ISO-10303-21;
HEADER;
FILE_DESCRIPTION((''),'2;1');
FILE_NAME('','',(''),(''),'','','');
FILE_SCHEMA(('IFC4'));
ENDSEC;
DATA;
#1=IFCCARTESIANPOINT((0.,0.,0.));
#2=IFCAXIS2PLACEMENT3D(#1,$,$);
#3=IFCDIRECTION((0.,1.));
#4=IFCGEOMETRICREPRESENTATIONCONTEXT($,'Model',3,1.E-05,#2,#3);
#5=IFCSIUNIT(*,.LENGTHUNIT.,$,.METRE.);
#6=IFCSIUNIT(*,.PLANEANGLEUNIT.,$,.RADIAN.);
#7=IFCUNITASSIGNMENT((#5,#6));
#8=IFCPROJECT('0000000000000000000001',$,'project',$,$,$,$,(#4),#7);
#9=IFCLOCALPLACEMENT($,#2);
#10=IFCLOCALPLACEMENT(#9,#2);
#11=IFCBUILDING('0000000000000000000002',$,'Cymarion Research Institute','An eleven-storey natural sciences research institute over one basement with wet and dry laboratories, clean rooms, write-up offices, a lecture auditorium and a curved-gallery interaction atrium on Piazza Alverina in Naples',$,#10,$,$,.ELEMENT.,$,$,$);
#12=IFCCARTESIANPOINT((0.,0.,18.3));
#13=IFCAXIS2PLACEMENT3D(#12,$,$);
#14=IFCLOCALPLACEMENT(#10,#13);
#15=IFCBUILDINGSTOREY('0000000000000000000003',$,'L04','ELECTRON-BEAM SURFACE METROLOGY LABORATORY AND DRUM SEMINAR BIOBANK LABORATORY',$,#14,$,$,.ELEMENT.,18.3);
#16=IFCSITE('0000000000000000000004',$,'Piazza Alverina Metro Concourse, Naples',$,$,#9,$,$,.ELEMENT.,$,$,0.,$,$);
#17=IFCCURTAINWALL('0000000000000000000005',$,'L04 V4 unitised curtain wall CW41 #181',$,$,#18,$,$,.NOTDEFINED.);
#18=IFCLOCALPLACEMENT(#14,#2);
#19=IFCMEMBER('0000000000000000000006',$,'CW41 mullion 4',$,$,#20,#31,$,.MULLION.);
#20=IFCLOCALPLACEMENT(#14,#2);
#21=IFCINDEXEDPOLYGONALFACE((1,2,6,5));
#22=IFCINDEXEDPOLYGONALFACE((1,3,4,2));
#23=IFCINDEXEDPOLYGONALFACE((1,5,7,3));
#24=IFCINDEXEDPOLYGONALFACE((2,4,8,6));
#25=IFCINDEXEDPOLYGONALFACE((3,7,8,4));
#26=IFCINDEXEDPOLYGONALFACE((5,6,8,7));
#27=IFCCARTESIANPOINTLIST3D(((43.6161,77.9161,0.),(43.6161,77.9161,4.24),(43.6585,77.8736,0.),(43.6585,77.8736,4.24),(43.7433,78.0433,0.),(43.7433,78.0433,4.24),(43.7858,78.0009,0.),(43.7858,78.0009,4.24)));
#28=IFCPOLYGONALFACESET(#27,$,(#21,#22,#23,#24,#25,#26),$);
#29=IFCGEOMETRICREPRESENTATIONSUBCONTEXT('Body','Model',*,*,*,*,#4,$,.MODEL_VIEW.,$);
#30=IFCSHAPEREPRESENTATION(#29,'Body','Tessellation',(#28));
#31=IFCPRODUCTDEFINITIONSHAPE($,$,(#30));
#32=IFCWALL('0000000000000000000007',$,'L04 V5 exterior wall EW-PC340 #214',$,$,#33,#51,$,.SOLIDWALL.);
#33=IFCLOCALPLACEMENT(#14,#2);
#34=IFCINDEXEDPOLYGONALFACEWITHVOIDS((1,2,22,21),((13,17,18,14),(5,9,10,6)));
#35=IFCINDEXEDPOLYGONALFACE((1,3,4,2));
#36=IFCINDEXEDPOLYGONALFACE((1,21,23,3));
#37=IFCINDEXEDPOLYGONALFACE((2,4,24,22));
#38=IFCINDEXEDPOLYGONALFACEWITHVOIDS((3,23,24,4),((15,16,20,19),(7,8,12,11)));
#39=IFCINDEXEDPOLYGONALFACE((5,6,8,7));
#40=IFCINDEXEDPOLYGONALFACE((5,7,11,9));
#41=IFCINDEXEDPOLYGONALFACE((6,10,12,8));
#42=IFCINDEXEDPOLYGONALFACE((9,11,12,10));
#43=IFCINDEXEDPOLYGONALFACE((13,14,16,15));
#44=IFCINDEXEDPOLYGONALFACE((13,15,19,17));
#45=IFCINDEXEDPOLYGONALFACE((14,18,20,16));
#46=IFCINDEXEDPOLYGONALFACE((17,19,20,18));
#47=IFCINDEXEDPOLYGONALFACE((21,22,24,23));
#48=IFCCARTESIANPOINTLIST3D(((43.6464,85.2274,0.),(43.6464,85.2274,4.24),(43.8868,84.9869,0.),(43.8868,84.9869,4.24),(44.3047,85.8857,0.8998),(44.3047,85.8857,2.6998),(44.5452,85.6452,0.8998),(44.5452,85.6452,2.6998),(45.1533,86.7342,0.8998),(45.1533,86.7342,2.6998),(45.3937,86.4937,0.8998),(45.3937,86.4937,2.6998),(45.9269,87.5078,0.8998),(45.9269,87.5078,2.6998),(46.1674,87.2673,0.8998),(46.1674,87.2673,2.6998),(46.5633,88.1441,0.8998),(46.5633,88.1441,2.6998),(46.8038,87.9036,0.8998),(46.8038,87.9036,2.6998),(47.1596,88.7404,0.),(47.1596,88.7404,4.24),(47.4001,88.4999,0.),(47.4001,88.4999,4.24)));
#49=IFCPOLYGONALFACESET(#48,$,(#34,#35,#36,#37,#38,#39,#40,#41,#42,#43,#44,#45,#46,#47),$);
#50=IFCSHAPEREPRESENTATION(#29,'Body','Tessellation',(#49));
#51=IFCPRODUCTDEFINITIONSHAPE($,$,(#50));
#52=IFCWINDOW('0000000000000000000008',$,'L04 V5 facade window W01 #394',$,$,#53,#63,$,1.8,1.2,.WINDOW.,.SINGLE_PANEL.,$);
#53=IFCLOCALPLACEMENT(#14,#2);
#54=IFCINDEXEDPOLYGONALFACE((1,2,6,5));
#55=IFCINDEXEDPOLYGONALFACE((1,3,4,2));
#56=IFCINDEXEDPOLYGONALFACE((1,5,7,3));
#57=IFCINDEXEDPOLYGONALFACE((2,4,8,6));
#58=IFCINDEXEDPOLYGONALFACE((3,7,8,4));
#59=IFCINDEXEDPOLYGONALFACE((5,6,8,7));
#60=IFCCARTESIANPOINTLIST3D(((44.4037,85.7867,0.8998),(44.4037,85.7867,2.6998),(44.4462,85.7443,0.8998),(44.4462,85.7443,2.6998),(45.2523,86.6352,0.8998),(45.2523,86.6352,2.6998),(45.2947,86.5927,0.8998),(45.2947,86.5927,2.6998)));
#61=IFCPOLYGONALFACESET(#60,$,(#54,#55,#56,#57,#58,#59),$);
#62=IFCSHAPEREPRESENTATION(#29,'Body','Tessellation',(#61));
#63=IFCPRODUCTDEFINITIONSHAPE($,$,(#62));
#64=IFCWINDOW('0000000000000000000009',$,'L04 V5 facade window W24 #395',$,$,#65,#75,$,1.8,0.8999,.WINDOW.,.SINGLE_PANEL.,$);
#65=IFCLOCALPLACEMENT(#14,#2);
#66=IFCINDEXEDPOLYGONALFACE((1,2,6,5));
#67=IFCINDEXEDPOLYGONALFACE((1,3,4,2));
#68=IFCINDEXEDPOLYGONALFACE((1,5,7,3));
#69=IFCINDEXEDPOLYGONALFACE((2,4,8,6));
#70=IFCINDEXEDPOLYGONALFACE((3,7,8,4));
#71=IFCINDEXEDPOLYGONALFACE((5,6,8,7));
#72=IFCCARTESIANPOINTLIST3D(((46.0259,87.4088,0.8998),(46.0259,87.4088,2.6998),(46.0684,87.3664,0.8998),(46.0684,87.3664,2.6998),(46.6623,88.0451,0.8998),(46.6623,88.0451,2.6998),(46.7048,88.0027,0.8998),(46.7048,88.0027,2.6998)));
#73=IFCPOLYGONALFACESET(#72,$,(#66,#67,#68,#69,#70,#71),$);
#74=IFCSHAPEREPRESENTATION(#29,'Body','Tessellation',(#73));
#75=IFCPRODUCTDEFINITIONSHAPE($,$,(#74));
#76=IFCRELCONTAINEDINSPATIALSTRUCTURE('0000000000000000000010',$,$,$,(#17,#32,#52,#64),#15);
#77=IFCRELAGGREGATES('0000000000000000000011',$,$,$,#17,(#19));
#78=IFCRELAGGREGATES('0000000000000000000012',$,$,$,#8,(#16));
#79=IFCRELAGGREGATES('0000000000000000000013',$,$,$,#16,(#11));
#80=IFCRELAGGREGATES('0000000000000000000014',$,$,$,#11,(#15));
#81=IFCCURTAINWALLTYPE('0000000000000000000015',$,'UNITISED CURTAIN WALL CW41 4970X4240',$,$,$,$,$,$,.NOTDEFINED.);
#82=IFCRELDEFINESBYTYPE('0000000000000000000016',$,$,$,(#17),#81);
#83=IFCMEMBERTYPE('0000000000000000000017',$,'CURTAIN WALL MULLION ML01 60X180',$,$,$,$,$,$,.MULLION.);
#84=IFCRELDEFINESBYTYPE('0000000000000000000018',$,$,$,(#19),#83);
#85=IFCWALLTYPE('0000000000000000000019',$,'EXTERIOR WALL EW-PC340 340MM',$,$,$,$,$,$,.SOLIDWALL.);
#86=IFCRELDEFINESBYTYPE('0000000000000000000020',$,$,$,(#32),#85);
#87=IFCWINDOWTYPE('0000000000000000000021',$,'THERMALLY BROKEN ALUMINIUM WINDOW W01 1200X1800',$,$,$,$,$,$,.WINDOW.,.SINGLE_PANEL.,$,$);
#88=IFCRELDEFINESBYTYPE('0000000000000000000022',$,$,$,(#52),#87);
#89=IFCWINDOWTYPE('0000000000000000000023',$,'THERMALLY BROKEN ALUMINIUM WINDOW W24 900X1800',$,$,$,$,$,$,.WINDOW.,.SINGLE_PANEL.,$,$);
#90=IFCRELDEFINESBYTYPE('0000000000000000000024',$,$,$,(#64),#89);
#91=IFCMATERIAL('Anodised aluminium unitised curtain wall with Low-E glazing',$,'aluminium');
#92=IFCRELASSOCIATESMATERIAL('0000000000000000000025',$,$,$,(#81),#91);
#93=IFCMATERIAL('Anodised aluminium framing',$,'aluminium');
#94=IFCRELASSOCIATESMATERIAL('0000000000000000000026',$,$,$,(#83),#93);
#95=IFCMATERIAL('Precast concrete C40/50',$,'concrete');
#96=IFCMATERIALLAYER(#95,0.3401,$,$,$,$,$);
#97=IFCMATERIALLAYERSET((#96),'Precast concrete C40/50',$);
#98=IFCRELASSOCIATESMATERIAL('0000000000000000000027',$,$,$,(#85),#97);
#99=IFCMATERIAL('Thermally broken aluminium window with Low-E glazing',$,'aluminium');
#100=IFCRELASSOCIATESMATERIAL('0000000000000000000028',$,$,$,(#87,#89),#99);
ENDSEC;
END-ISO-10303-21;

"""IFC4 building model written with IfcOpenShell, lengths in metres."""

from ifc_helpers import new_model, si_unit, direction, frame, frame_2d, origin, origin_2d, place, context, subcontext, project, spatial, rectangle, extrude, material, layer, layer_set, material_profile, profile_set, type_object, element, fill, aggregate, save


model = new_model("IFC4")

# Units and contexts
model_context = context("Model", 3, precision=1e-05, world=origin(), true_north=direction((0.0, 1.0)))
body_context = subcontext(model_context, "Body", "Model", "MODEL_VIEW")
ifc_project = project(units=[si_unit("LENGTHUNIT", "METRE"), si_unit("PLANEANGLEUNIT", "RADIAN")], contexts=[model_context])

# Site, building, storey
site_placement = place(None, origin())
site = spatial("IfcSite", under=ifc_project, at=site_placement, Name="Piazza Alverina Metro Concourse, Naples", CompositionType="ELEMENT", RefElevation=0.0)
building_placement = place(site_placement, origin())
building = spatial("IfcBuilding", under=site, at=building_placement, Name="Cymarion Research Institute", Description="An eleven-storey natural sciences research institute over one basement with wet and dry laboratories, clean rooms, write-up offices, a lecture auditorium and a curved-gallery interaction atrium on Piazza Alverina in Naples", CompositionType="ELEMENT")
storey_placement = place(building_placement, frame((0.0, 0.0, 18.3)))
storey = spatial("IfcBuildingStorey", under=building, at=storey_placement, Name="L04", Description="ELECTRON-BEAM SURFACE METROLOGY LABORATORY AND DRUM SEMINAR BIOBANK LABORATORY", CompositionType="ELEMENT", Elevation=18.3)

# Curtain wall, member
ifc_material_1 = material(Name="Anodised aluminium unitised curtain wall with Low-E glazing", Category="aluminium")
curtain_wall_type = type_object("IfcCurtainWallType", Name="UNITISED CURTAIN WALL CW41 4970X4240", PredefinedType="NOTDEFINED", material=ifc_material_1)
curtain_wall_placement = place(storey_placement, origin())
curtain_wall = element("IfcCurtainWall", 1, at=curtain_wall_placement, inside=storey, type_object=curtain_wall_type, Name="L04 V4 unitised curtain wall CW41 #181", PredefinedType="NOTDEFINED")
ifc_material_2 = material(Name="Anodised aluminium framing", Category="aluminium")
ifc_material_profile = material_profile(ifc_material_2, rectangle(XDim=0.0601, YDim=0.1799, at=origin_2d()), Name="ALU MULLION 60x180")
ifc_profile_set = profile_set([ifc_material_profile], Name="Anodised aluminium framing")
member_type = type_object("IfcMemberType", Name="CURTAIN WALL MULLION ML01 60X180", PredefinedType="MULLION", material=ifc_profile_set)
member_placement = place(storey_placement, frame((43.7009, 77.9585, 0.0), z_axis=(0.0, 0.0, 1.0), x_axis=(-0.707097, 0.707117, 0.0)))
member = element("IfcMember", 2, at=member_placement, type_object=member_type, Name="CW41 mullion 4", PredefinedType="MULLION", context=body_context, shape_type="SweptSolid", body=[
    extrude(rectangle(XDim=0.0601, YDim=0.1799, at=origin_2d()), origin(), (0.0, 0.0, 1.0), 4.24),
])
aggregate(curtain_wall, [member])

# Wall, openings, windows
ifc_material_3 = material(Name="Precast concrete C40/50", Category="concrete")
ifc_layer_1 = layer(ifc_material_3, 0.3401)
ifc_layer_set_1 = layer_set([ifc_layer_1], Name="Precast concrete C40/50")
wall_type = type_object("IfcWallType", Name="EXTERIOR WALL EW-PC340 340MM", PredefinedType="SOLIDWALL", material=ifc_layer_set_1)
wall_1_placement = place(storey_placement, frame((43.7666, 85.1072, 0.0), z_axis=(0.0, 0.0, 1.0), x_axis=(0.707131, 0.707082, 0.0)))
wall_1 = element("IfcWall", 3, at=wall_1_placement, inside=storey, type_object=wall_type, Name="L04 V5 exterior wall EW-PC340 #214", PredefinedType="SOLIDWALL", context=body_context, shape_type="SweptSolid", body=[
    extrude(rectangle(XDim=4.9683, YDim=0.3401, at=frame_2d((2.4841, 0.0))), origin(), (0.0, 0.0, 1.0), 4.24),
])
opening_1_placement = place(wall_1_placement, frame((0.9309, 0.0, 0.8999)))
opening_1 = element("IfcOpeningElement", 4, at=opening_1_placement, cuts=wall_1, PredefinedType="OPENING", context=body_context, shape_type="SweptSolid", body=[
    extrude(rectangle(XDim=1.2, YDim=1.8, at=frame_2d((0.6001, 0.8999))), frame((0.0, 0.1799, 0.0), z_axis=(0.0, -1.0, 0.0), x_axis=(1.0, 0.0, 0.0)), (0.0, 0.0, 1.0), 0.3601),
])
opening_2_placement = place(wall_1_placement, frame((3.2251, 0.0, 0.8999)))
opening_2 = element("IfcOpeningElement", 5, at=opening_2_placement, cuts=wall_1, PredefinedType="OPENING", context=body_context, shape_type="SweptSolid", body=[
    extrude(rectangle(XDim=0.8999, YDim=1.8, at=frame_2d((0.45, 0.8999))), frame((0.0, 0.1799, 0.0), z_axis=(0.0, -1.0, 0.0), x_axis=(1.0, 0.0, 0.0)), (0.0, 0.0, 1.0), 0.3601),
])
ifc_material_4 = material(Name="Thermally broken aluminium window with Low-E glazing", Category="aluminium")
window_type_1 = type_object("IfcWindowType", Name="THERMALLY BROKEN ALUMINIUM WINDOW W01 1200X1800", PartitioningType="SINGLE_PANEL", PredefinedType="WINDOW", material=ifc_material_4)
window_1_placement = place(opening_1_placement, origin())
window_1 = element("IfcWindow", 6, at=window_1_placement, inside=storey, type_object=window_type_1, Name="L04 V5 facade window W01 #394", OverallHeight=1.8, OverallWidth=1.2, PartitioningType="SINGLE_PANEL", PredefinedType="WINDOW", context=body_context, shape_type="SweptSolid", body=[
    extrude(rectangle(XDim=1.2, YDim=1.8, at=frame_2d((0.6001, 0.8999))), frame((0.0, 0.03, 0.0), z_axis=(0.0, -1.0, 0.0), x_axis=(1.0, 0.0, 0.0)), (0.0, 0.0, 1.0), 0.0601),
])
fill(opening_1, window_1)
window_type_2 = type_object("IfcWindowType", Name="THERMALLY BROKEN ALUMINIUM WINDOW W24 900X1800", PartitioningType="SINGLE_PANEL", PredefinedType="WINDOW", material=ifc_material_4)
window_2_placement = place(opening_2_placement, origin())
window_2 = element("IfcWindow", 7, at=window_2_placement, inside=storey, type_object=window_type_2, Name="L04 V5 facade window W24 #395", OverallHeight=1.8, OverallWidth=0.8999, PartitioningType="SINGLE_PANEL", PredefinedType="WINDOW", context=body_context, shape_type="SweptSolid", body=[
    extrude(rectangle(XDim=0.8999, YDim=1.8, at=frame_2d((0.45, 0.8999))), frame((0.0, 0.03, 0.0), z_axis=(0.0, -1.0, 0.0), x_axis=(1.0, 0.0, 0.0)), (0.0, 0.0, 1.0), 0.0601),
])
fill(opening_2, window_2)

save(model, "model.ifc")
